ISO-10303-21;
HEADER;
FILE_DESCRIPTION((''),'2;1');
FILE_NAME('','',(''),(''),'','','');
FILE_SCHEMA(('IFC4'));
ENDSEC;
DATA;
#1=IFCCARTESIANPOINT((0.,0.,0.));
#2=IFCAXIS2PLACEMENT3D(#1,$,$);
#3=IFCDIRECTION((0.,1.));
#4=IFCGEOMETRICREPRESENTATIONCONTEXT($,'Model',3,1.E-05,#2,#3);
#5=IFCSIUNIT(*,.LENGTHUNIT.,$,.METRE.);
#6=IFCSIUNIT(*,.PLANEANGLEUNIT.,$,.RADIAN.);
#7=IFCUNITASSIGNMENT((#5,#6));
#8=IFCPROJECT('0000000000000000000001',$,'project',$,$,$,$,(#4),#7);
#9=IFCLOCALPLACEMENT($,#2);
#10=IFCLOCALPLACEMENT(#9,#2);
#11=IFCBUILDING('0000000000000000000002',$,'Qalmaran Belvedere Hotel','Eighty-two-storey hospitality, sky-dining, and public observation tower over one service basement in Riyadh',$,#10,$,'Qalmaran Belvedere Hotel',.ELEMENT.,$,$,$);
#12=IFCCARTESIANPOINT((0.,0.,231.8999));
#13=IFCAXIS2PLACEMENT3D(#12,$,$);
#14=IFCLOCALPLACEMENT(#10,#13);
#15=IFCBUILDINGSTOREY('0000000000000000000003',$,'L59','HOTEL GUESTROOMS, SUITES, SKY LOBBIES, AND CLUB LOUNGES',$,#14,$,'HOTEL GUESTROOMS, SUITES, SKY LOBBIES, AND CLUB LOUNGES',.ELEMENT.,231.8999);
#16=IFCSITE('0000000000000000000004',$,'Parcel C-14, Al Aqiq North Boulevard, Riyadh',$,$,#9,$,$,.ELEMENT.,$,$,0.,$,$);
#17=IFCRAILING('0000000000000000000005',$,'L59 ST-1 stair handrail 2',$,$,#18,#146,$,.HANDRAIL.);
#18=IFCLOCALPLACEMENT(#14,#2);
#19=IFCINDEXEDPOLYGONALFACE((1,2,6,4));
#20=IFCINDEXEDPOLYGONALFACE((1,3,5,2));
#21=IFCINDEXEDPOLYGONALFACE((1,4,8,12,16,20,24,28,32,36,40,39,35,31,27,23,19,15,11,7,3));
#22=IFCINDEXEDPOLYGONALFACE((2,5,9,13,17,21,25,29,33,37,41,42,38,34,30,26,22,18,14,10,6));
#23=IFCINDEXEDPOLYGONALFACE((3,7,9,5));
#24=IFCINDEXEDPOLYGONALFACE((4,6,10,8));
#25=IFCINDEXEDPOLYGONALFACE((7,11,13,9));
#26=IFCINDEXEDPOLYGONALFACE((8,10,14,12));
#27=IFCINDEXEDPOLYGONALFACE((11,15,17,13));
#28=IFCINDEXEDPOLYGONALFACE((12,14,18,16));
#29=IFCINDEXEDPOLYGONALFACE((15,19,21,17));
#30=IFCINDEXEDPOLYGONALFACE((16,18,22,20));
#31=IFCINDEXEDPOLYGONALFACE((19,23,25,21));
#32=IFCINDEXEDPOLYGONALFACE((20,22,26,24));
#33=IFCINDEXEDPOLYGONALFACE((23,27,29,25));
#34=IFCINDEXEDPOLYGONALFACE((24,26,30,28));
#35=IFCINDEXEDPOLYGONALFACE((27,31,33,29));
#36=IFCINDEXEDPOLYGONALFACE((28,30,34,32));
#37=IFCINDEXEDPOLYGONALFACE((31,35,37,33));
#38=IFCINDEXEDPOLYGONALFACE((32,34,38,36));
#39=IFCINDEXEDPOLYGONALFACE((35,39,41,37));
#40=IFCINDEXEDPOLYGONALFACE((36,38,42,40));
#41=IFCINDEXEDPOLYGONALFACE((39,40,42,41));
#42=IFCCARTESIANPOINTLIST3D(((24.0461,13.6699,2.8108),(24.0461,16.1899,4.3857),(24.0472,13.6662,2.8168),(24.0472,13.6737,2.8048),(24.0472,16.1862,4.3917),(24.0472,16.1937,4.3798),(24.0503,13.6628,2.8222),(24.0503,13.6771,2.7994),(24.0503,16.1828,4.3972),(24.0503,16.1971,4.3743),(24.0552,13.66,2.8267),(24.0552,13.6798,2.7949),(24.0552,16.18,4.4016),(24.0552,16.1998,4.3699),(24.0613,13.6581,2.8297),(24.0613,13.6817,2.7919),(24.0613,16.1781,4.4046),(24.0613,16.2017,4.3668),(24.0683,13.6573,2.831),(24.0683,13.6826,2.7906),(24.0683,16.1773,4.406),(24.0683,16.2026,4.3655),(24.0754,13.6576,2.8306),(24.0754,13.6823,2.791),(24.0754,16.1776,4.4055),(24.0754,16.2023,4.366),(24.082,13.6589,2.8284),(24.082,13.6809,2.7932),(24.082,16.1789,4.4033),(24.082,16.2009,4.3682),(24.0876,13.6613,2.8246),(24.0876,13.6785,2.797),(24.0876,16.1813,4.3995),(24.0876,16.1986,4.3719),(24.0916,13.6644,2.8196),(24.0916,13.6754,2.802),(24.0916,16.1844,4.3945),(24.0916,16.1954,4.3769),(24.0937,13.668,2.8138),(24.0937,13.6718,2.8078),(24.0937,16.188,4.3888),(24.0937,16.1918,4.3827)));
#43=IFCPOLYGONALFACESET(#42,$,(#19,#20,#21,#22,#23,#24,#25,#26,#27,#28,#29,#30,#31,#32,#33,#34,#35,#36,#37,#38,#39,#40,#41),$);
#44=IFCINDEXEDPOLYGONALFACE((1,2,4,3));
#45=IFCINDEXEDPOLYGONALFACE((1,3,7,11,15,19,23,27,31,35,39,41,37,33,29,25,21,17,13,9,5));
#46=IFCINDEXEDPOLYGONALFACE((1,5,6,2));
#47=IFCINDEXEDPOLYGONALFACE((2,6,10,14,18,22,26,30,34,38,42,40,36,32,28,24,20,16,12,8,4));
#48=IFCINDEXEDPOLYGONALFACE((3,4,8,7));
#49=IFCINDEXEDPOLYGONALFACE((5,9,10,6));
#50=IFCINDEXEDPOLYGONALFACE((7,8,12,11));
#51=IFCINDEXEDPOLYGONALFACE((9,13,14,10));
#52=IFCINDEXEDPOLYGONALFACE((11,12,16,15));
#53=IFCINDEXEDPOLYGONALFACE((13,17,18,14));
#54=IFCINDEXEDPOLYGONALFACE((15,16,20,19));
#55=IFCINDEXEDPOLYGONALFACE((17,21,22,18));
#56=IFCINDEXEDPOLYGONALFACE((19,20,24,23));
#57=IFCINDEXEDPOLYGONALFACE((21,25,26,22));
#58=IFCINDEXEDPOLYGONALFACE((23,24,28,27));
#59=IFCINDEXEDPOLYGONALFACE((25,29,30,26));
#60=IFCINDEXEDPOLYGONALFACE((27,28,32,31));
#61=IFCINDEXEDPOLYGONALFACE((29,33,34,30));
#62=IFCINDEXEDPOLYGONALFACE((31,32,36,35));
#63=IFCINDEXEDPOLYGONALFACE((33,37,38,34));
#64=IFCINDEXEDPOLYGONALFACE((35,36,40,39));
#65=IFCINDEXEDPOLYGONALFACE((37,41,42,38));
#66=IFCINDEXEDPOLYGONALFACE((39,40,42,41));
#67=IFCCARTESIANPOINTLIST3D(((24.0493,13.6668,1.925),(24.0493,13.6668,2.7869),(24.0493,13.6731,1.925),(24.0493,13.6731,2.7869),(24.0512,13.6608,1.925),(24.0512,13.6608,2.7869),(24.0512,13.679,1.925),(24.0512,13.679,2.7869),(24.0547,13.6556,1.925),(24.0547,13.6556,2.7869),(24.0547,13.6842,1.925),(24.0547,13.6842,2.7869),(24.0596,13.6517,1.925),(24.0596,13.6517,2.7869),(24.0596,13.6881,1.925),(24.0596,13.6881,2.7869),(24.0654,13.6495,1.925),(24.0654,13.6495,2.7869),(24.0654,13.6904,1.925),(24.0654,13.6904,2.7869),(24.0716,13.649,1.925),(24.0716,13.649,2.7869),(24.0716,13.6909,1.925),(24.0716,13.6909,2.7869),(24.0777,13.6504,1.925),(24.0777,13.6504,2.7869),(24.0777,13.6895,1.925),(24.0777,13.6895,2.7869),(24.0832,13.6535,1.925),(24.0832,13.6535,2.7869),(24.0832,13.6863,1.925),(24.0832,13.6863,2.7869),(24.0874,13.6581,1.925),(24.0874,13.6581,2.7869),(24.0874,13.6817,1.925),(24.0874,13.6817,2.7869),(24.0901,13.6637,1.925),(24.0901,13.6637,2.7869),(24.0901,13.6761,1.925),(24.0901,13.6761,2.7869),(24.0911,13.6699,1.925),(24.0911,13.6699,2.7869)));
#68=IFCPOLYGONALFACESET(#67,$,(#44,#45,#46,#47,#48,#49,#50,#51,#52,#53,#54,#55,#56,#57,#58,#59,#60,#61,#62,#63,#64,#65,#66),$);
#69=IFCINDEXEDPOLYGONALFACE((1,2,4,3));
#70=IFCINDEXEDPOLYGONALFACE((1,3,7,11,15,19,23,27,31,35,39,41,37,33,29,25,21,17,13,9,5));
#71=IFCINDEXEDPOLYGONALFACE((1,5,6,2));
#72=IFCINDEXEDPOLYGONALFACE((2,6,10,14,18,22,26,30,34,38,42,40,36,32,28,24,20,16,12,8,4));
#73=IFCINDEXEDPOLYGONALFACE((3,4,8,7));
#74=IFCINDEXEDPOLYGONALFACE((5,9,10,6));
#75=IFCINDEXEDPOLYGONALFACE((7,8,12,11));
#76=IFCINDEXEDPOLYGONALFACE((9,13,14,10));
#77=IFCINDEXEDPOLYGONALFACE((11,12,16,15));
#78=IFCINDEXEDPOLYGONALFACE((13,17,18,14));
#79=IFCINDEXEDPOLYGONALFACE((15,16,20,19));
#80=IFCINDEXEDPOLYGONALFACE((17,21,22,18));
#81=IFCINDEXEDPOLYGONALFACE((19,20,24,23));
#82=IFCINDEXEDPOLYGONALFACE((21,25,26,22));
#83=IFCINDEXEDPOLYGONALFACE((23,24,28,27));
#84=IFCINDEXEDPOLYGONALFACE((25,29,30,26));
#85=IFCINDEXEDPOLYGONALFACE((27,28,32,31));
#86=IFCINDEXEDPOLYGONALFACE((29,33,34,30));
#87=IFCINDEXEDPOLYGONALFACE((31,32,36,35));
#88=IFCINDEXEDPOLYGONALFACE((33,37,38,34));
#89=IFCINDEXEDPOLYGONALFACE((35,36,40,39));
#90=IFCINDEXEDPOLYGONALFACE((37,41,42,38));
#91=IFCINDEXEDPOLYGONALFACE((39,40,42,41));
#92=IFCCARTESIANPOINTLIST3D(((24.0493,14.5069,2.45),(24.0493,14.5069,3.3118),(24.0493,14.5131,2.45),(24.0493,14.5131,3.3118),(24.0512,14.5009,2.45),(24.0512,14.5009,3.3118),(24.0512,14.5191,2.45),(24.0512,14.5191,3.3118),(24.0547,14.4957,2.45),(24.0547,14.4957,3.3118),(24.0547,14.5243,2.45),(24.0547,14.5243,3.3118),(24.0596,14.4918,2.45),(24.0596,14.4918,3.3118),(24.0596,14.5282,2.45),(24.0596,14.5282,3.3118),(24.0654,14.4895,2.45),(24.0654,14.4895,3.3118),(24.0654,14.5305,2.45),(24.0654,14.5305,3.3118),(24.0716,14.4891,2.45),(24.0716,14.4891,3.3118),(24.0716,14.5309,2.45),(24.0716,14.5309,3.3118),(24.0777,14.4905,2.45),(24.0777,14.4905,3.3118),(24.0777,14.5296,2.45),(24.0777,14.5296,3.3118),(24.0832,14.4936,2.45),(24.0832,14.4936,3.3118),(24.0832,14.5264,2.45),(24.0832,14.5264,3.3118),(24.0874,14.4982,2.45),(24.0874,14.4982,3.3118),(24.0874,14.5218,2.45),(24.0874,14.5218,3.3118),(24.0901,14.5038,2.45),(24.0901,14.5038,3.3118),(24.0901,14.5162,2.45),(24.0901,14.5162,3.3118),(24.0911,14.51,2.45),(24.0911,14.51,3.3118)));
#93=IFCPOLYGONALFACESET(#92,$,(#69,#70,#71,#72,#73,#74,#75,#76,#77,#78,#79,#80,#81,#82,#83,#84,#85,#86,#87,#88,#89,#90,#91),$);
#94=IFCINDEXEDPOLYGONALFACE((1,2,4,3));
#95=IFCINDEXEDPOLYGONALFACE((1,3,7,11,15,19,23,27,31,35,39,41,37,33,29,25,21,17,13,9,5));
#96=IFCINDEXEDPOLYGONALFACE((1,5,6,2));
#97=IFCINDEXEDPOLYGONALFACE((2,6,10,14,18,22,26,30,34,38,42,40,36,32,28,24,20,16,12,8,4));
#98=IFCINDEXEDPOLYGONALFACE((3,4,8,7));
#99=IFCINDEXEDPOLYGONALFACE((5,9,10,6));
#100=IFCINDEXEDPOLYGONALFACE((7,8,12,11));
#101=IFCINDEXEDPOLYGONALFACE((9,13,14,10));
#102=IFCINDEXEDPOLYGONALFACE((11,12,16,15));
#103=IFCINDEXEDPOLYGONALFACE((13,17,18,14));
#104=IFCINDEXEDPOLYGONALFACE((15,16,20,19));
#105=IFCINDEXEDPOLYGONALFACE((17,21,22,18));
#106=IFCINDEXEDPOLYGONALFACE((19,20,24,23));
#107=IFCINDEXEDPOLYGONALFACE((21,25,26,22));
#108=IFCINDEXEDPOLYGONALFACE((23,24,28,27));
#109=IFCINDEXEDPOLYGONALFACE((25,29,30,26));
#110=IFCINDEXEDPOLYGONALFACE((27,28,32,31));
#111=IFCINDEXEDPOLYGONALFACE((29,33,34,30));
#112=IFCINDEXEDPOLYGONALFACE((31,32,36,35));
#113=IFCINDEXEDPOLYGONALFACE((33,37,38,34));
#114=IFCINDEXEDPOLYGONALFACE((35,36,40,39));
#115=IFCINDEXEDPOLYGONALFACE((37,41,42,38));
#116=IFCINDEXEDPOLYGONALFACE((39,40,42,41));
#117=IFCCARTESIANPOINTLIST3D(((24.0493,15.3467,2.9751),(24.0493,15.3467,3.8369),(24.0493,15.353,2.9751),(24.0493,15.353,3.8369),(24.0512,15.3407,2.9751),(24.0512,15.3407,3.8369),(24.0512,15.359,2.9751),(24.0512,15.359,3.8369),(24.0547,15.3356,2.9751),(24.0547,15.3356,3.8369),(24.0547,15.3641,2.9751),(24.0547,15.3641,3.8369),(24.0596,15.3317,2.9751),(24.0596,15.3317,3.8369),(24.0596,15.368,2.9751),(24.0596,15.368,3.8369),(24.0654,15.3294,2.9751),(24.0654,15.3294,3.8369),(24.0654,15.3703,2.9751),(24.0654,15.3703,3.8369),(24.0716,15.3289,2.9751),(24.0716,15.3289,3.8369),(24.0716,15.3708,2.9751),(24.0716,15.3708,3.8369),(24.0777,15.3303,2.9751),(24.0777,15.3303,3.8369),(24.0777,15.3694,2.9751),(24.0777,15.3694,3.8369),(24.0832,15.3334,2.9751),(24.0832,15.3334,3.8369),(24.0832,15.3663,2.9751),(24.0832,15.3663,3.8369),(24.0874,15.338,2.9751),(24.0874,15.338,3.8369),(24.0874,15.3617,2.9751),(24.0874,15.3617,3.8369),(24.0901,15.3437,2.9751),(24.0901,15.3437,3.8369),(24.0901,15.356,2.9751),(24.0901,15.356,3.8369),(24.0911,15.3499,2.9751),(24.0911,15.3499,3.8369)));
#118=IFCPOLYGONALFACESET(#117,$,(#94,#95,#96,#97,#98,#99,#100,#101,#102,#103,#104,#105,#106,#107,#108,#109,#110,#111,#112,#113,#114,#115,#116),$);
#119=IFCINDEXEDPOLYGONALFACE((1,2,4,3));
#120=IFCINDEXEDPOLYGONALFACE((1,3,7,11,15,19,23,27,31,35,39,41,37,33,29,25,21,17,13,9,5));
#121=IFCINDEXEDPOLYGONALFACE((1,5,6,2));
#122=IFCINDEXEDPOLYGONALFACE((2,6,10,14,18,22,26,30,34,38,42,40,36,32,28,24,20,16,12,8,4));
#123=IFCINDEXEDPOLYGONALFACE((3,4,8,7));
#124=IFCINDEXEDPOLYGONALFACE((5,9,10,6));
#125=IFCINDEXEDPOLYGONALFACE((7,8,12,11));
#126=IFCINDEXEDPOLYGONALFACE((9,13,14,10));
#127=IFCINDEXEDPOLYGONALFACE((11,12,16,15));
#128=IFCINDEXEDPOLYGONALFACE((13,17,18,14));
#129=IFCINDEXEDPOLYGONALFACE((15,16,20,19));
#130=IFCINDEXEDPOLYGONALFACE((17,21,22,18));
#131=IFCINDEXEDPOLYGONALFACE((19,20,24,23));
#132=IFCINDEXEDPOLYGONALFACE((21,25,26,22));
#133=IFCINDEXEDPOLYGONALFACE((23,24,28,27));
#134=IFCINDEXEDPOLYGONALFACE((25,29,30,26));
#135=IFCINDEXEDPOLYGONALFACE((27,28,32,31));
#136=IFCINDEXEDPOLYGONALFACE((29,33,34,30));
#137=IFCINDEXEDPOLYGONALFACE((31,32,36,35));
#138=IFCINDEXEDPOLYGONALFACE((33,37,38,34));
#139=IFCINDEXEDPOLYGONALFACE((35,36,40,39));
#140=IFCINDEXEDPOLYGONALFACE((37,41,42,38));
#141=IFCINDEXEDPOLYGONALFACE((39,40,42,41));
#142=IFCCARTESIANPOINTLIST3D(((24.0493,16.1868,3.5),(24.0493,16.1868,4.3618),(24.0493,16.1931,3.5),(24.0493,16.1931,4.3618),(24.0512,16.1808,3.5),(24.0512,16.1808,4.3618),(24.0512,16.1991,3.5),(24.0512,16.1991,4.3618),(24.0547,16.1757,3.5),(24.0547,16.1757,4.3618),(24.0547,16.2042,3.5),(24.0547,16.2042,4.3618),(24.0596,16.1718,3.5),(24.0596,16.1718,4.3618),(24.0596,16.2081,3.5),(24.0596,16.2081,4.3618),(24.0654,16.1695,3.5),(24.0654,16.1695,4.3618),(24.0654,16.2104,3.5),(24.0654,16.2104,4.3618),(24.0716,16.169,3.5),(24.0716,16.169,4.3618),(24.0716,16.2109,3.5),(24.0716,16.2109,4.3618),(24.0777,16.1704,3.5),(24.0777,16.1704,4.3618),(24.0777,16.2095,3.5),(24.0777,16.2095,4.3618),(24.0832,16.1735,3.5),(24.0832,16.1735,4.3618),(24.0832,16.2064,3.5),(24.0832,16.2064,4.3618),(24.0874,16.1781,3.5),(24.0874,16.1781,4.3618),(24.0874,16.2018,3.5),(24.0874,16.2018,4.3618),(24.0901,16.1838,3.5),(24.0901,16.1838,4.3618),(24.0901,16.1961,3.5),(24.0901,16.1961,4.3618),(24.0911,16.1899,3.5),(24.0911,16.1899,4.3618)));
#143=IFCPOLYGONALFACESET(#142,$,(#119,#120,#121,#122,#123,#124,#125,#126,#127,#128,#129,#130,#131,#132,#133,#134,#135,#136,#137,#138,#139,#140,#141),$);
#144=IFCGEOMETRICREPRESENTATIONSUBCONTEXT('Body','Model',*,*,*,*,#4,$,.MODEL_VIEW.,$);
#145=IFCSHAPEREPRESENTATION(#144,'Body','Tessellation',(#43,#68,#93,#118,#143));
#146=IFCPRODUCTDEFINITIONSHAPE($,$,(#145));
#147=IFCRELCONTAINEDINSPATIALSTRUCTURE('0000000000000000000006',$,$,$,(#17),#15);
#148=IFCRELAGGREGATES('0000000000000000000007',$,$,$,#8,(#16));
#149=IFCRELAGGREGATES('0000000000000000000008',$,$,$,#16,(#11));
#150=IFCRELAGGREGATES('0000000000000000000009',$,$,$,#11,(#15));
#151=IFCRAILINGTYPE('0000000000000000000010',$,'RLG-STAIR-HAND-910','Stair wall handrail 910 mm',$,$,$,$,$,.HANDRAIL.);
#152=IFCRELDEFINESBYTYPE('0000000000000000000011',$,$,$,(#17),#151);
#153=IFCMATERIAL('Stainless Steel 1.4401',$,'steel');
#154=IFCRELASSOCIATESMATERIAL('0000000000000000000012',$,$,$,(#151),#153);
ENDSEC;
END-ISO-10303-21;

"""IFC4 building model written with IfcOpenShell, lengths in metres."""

from ifc_helpers import new_model, si_unit, direction, frame, origin, origin_2d, place, context, subcontext, project, spatial, circle, extrude, material, type_object, element, save


model = new_model("IFC4")

# Units and contexts
model_context = context("Model", 3, precision=1e-05, world=origin(), true_north=direction((0.0, 1.0)))
body_context = subcontext(model_context, "Body", "Model", "MODEL_VIEW")
ifc_project = project(units=[si_unit("LENGTHUNIT", "METRE"), si_unit("PLANEANGLEUNIT", "RADIAN")], contexts=[model_context])

# Site, building, storey
site_placement = place(None, origin())
site = spatial("IfcSite", under=ifc_project, at=site_placement, Name="Parcel C-14, Al Aqiq North Boulevard, Riyadh", CompositionType="ELEMENT", RefElevation=0.0)
building_placement = place(site_placement, origin())
building = spatial("IfcBuilding", under=site, at=building_placement, Name="Qalmaran Belvedere Hotel", Description="Eighty-two-storey hospitality, sky-dining, and public observation tower over one service basement in Riyadh", LongName="Qalmaran Belvedere Hotel", CompositionType="ELEMENT")
storey_placement = place(building_placement, frame((0.0, 0.0, 231.8999)))
storey = spatial("IfcBuildingStorey", under=building, at=storey_placement, Name="L59", Description="HOTEL GUESTROOMS, SUITES, SKY LOBBIES, AND CLUB LOUNGES", LongName="HOTEL GUESTROOMS, SUITES, SKY LOBBIES, AND CLUB LOUNGES", CompositionType="ELEMENT", Elevation=231.8999)

# Shared definitions
ifc_material_1 = material(Name="Stainless Steel 1.4401", Category="steel")

# Railing
railing_type_1 = type_object("IfcRailingType", Name="RLG-STAIR-HAND-910", Description="Stair wall handrail 910 mm", PredefinedType="HANDRAIL", material=ifc_material_1)
railing_1_placement = place(storey_placement, frame((24.0701, 13.6699, 1.925)))
element("IfcRailing", 1, at=railing_1_placement, inside=storey, type_object=railing_type_1, Name="L59 ST-1 stair handrail 2", PredefinedType="HANDRAIL", context=body_context, shape_type="SweptSolid", body=[
    extrude(circle(Radius=0.0239, at=origin_2d()), frame((0.0, 0.0, 0.8857), z_axis=(0.0, 0.848008, 0.529984), x_axis=(-1.0, 0.0, 0.0)), (0.0, 0.0, 1.0), 2.9717),
    extrude(circle(Radius=0.021, at=origin_2d()), origin(), (0.0, 0.0, 1.0), 0.8618),
    extrude(circle(Radius=0.021, at=origin_2d()), frame((0.0, 0.8401, 0.5249)), (0.0, 0.0, 1.0), 0.8618),
    extrude(circle(Radius=0.021, at=origin_2d()), frame((0.0, 1.6799, 1.05)), (0.0, 0.0, 1.0), 0.8618),
    extrude(circle(Radius=0.021, at=origin_2d()), frame((0.0, 2.52, 1.575)), (0.0, 0.0, 1.0), 0.8618),
])

save(model, "model.ifc")
